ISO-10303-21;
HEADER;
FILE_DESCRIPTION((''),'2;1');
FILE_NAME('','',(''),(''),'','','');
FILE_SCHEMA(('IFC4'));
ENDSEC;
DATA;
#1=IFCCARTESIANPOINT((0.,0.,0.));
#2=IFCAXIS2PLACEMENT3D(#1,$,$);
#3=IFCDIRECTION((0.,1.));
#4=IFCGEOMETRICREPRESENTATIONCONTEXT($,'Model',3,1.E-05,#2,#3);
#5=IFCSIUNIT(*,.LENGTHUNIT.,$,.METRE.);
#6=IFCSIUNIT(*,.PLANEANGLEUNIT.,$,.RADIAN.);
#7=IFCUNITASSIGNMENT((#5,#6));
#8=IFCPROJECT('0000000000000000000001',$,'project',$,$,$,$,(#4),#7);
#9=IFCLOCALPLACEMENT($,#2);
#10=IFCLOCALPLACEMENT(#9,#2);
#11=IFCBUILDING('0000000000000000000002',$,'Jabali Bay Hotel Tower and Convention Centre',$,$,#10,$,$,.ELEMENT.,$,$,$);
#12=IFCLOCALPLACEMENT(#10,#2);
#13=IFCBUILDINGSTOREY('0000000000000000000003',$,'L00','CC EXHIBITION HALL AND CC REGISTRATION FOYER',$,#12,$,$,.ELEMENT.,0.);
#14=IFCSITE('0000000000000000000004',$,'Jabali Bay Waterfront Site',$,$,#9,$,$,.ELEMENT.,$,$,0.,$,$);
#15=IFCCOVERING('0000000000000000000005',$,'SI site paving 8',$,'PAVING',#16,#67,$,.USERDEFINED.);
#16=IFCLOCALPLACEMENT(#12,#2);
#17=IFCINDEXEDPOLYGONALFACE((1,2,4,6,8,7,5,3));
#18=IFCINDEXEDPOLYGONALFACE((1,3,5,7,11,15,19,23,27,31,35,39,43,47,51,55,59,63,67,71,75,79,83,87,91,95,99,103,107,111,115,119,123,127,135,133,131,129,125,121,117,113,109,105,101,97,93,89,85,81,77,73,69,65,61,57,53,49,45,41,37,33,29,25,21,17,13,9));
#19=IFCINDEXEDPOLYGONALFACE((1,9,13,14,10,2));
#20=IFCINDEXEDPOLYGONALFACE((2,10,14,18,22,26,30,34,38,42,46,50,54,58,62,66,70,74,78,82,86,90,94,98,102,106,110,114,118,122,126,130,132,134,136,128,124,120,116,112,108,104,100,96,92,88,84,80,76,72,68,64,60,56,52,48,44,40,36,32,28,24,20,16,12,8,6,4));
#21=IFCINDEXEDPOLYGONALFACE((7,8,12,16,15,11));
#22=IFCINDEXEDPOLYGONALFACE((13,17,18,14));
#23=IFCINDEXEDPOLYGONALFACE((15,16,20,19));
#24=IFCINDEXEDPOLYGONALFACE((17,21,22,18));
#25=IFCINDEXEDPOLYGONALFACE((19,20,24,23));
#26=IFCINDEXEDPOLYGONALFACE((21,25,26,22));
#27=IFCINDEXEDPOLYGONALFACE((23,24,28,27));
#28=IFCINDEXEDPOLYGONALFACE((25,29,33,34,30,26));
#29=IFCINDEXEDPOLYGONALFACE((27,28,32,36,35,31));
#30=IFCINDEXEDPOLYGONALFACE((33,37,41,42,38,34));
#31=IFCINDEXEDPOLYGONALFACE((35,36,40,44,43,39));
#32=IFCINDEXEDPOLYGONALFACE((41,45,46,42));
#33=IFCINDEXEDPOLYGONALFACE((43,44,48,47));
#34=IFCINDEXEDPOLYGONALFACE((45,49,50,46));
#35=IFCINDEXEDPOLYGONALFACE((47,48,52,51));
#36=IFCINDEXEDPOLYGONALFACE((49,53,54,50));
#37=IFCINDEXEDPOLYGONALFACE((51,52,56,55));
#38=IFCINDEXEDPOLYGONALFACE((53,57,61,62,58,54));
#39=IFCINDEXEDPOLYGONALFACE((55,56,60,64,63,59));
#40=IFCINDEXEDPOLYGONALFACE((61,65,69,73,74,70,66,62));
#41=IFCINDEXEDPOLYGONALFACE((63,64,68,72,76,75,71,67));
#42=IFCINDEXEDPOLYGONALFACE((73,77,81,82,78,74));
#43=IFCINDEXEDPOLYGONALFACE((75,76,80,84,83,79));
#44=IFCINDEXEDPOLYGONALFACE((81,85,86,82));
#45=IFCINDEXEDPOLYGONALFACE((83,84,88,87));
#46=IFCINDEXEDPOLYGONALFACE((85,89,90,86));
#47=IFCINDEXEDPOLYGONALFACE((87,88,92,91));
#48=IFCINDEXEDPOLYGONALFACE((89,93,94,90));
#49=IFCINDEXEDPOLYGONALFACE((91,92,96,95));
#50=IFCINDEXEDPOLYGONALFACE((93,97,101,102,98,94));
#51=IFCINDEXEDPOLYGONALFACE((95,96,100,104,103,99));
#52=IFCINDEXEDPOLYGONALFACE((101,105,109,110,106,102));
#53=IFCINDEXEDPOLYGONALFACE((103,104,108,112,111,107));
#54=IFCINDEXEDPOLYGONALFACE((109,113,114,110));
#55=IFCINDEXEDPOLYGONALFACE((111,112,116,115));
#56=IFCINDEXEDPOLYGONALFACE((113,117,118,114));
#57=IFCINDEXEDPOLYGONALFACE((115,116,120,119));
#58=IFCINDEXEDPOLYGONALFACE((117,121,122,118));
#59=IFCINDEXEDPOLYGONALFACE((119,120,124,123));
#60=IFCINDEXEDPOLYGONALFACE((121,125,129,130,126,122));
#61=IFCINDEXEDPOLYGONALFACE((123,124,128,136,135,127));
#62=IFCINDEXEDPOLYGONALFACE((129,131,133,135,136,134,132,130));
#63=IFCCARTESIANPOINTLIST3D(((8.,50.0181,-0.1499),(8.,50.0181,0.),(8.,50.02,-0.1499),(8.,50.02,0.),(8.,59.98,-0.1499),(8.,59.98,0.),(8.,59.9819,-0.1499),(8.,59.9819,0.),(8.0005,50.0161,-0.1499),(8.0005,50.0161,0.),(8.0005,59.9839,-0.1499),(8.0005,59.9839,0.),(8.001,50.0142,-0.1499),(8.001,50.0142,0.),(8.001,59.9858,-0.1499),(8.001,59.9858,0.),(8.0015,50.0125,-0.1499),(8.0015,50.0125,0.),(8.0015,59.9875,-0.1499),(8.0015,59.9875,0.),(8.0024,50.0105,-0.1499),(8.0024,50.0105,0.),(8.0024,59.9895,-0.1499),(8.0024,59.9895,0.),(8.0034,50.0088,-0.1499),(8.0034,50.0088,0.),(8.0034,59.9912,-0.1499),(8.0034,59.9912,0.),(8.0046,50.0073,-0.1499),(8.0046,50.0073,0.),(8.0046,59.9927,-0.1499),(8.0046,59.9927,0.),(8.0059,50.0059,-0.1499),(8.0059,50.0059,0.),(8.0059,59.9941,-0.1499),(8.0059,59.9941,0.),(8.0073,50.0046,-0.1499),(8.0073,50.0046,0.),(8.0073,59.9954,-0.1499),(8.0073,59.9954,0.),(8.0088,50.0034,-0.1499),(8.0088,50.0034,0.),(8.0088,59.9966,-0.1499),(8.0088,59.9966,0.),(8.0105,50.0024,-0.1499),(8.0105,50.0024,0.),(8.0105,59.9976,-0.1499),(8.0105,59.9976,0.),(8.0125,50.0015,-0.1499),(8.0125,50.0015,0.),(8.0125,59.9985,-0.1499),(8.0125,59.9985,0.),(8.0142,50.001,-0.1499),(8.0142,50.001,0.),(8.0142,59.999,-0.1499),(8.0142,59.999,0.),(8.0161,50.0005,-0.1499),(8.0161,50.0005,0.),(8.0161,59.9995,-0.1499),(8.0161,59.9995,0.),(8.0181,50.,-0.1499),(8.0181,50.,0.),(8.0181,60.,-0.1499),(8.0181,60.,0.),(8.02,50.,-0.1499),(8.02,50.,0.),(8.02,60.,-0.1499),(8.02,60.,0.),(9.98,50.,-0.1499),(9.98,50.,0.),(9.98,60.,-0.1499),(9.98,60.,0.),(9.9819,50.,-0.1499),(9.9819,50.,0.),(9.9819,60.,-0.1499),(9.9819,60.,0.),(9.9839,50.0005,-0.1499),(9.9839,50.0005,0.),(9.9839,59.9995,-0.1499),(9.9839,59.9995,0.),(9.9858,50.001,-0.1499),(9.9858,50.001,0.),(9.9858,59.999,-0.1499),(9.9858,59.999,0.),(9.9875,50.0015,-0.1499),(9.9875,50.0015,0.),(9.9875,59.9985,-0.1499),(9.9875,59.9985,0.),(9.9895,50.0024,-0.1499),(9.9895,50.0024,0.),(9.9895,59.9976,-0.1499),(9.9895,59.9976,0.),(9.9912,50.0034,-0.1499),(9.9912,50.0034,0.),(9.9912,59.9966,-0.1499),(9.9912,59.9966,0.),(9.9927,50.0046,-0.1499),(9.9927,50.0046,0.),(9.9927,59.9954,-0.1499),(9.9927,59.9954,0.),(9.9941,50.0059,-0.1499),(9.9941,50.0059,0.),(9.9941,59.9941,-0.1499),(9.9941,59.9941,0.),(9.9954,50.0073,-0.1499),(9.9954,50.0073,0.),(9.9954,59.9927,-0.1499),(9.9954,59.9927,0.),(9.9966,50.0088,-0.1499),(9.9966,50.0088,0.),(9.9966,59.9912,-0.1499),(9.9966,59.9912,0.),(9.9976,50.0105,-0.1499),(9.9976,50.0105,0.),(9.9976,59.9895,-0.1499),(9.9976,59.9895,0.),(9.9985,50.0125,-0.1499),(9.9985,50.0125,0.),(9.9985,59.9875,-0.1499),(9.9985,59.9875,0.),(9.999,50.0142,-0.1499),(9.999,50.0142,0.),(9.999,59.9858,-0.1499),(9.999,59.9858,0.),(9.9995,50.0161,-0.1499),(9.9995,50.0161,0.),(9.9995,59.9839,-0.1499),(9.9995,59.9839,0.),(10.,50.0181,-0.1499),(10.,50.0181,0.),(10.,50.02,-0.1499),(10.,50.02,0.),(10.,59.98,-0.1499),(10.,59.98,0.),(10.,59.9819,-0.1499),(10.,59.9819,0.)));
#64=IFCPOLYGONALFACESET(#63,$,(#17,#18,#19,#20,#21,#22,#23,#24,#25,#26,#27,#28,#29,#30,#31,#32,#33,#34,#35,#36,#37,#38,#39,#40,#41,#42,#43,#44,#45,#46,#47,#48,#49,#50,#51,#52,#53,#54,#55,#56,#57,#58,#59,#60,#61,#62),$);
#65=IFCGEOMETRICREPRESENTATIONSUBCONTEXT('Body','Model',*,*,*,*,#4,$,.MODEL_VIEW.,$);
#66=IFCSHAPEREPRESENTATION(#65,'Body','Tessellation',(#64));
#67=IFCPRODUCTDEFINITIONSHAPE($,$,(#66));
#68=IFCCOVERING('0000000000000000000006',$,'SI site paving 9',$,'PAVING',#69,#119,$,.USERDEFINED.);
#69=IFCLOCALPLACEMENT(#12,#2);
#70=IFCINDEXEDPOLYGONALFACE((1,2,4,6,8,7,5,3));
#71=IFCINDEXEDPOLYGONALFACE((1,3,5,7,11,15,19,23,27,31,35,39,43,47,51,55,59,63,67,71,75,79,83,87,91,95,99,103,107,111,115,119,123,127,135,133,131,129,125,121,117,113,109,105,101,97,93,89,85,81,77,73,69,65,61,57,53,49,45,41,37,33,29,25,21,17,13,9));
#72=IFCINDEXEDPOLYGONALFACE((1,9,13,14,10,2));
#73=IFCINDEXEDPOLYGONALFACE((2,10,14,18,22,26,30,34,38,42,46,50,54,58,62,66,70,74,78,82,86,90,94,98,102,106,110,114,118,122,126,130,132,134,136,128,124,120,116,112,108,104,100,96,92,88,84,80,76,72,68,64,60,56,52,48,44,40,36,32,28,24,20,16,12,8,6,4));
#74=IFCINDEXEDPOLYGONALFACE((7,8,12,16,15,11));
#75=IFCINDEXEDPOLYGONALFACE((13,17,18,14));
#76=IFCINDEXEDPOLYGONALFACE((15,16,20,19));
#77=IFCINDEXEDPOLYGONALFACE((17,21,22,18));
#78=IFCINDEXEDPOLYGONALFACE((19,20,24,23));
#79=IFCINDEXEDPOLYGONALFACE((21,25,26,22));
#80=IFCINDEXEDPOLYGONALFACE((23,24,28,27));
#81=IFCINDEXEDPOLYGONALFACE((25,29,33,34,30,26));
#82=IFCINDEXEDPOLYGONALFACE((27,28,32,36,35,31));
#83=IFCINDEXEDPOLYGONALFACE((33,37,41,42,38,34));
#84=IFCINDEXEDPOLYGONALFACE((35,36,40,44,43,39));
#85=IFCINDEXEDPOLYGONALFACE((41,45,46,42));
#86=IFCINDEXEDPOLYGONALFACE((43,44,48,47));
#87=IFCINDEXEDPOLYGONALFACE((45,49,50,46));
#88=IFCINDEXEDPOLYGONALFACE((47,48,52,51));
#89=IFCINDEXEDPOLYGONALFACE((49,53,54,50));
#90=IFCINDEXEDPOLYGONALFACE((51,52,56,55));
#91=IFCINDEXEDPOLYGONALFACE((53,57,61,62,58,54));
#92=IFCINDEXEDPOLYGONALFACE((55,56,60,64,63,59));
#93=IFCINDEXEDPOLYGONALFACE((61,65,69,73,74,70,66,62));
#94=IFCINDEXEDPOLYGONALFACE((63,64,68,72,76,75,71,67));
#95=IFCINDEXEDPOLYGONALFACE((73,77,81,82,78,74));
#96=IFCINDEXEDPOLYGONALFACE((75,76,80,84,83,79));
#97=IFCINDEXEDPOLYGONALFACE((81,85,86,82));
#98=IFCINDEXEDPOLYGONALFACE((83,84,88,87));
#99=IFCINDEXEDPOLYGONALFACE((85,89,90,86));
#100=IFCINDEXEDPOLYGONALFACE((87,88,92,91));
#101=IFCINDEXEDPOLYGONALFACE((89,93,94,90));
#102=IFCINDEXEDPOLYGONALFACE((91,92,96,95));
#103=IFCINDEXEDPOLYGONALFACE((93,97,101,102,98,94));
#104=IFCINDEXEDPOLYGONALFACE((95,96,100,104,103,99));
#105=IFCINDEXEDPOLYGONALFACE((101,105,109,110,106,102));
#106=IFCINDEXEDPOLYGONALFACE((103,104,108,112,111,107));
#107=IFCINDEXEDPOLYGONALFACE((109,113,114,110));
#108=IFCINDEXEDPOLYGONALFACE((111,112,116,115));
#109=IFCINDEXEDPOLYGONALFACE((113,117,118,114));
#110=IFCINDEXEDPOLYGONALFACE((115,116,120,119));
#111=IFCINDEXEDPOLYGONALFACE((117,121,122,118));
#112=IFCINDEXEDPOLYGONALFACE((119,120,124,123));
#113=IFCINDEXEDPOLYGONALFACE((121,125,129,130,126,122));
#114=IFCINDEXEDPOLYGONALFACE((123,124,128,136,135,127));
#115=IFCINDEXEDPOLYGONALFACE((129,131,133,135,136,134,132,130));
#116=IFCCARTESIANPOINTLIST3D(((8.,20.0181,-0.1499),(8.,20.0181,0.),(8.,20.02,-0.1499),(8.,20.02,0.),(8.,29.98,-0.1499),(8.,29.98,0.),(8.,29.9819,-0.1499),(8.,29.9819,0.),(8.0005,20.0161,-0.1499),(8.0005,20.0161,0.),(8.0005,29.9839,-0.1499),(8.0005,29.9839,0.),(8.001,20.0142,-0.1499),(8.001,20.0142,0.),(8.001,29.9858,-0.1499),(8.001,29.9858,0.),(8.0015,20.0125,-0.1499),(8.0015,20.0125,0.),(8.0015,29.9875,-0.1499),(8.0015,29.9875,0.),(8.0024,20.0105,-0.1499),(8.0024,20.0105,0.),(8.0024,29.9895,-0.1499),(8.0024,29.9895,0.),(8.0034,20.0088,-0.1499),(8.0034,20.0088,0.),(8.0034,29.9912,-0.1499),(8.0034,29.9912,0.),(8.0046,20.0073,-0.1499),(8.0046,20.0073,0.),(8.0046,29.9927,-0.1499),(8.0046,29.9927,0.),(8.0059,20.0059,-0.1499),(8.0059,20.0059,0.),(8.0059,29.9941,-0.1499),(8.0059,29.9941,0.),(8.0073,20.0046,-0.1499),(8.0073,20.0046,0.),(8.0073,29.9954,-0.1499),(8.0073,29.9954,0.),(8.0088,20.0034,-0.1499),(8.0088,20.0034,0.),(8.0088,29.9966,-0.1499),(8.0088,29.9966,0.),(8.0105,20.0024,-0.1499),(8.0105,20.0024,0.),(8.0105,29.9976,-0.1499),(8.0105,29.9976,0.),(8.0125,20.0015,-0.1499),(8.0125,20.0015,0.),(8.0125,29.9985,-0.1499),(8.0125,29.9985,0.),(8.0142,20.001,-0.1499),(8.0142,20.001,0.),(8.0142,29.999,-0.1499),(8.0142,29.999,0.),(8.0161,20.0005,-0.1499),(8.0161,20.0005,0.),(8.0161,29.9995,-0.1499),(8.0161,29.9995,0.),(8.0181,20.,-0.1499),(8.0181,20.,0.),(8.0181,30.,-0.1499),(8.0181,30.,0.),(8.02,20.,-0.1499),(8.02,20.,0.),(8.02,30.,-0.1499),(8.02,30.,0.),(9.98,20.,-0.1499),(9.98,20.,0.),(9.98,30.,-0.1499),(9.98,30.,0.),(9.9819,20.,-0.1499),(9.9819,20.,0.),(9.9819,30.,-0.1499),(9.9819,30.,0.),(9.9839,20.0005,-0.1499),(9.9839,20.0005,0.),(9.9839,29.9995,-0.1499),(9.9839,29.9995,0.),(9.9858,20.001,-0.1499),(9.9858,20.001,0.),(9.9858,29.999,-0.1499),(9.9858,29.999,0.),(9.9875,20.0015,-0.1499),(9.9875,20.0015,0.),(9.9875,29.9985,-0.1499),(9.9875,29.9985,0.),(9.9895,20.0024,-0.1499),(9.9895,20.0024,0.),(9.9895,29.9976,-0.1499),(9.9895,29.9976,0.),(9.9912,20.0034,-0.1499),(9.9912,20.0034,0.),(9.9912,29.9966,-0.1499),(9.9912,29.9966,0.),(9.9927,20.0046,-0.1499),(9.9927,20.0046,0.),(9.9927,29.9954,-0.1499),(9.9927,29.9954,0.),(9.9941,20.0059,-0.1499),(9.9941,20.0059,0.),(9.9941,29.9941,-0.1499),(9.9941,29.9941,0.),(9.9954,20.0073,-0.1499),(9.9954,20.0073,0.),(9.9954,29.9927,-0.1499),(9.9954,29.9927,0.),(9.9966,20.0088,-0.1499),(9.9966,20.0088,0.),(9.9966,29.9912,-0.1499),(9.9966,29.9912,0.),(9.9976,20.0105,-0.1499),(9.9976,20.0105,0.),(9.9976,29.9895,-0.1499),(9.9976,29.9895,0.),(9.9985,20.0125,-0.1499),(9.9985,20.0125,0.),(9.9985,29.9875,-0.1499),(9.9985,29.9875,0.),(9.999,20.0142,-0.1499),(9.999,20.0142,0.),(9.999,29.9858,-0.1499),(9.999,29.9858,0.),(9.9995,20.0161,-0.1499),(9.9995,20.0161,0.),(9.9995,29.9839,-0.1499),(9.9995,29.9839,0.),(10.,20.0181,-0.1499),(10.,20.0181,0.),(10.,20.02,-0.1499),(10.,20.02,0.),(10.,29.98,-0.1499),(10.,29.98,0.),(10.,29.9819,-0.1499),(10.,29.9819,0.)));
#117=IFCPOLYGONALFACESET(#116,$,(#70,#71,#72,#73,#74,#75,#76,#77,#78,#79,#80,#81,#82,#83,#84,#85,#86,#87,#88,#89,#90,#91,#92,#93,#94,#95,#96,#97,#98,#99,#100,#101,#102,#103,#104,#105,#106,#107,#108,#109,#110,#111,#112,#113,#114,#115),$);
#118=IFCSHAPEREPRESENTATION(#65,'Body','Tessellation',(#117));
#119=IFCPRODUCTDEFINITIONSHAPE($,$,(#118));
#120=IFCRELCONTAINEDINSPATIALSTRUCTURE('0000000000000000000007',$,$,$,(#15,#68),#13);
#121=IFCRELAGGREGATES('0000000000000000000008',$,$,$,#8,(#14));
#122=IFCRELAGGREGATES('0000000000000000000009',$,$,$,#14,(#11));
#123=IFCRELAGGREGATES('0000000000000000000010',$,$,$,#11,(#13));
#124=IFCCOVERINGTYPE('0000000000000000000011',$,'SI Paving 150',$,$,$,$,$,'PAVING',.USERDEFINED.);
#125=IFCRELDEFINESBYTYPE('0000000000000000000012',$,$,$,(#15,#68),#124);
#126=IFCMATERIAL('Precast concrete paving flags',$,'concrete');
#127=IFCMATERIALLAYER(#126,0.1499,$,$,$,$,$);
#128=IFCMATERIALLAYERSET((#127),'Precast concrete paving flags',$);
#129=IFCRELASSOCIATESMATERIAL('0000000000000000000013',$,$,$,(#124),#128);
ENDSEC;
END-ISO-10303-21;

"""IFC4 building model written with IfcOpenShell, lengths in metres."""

from ifc_helpers import new_model, si_unit, direction, frame, origin, place, context, subcontext, project, spatial, polyline, outline, extrude, material, layer, layer_set, type_object, element, save


model = new_model("IFC4")

# Units and contexts
model_context = context("Model", 3, precision=1e-05, world=origin(), true_north=direction((0.0, 1.0)))
body_context = subcontext(model_context, "Body", "Model", "MODEL_VIEW")
ifc_project = project(units=[si_unit("LENGTHUNIT", "METRE"), si_unit("PLANEANGLEUNIT", "RADIAN")], contexts=[model_context])

# Site, building, storey
site_placement = place(None, origin())
site = spatial("IfcSite", under=ifc_project, at=site_placement, Name="Jabali Bay Waterfront Site", CompositionType="ELEMENT", RefElevation=0.0)
building_placement = place(site_placement, origin())
building = spatial("IfcBuilding", under=site, at=building_placement, Name="Jabali Bay Hotel Tower and Convention Centre", CompositionType="ELEMENT")
storey_placement = place(building_placement, origin())
storey = spatial("IfcBuildingStorey", under=building, at=storey_placement, Name="L00", Description="CC EXHIBITION HALL AND CC REGISTRATION FOYER", CompositionType="ELEMENT", Elevation=0.0)

# Coverings
ifc_material_1 = material(Name="Precast concrete paving flags", Category="concrete")
ifc_layer_1 = layer(ifc_material_1, 0.1499)
ifc_layer_set_1 = layer_set([ifc_layer_1], Name="Precast concrete paving flags")
covering_type = type_object("IfcCoveringType", Name="SI Paving 150", ElementType="PAVING", PredefinedType="USERDEFINED", material=ifc_layer_set_1)
covering_1_placement = place(storey_placement, frame((0.0, 0.0, -0.1499)))
element("IfcCovering", 1, at=covering_1_placement, inside=storey, type_object=covering_type, Name="SI site paving 8", ObjectType="PAVING", PredefinedType="USERDEFINED", context=body_context, shape_type="SweptSolid", body=[
    extrude(outline(polyline([(10.0, 50.0181), (10.0, 50.02), (10.0, 59.98), (10.0, 59.9819), (9.9995, 59.9839), (9.999, 59.9858), (9.9985, 59.9875), (9.9976, 59.9895), (9.9966, 59.9912), (9.9954, 59.9927), (9.9941, 59.9941), (9.9927, 59.9954), (9.9912, 59.9966), (9.9895, 59.9976), (9.9875, 59.9985), (9.9858, 59.999), (9.9839, 59.9995), (9.9819, 60.0), (9.98, 60.0), (8.02, 60.0), (8.0181, 60.0), (8.0161, 59.9995), (8.0142, 59.999), (8.0125, 59.9985), (8.0105, 59.9976), (8.0088, 59.9966), (8.0073, 59.9954), (8.0059, 59.9941), (8.0046, 59.9927), (8.0034, 59.9912), (8.0024, 59.9895), (8.0015, 59.9875), (8.001, 59.9858), (8.0005, 59.9839), (8.0, 59.9819), (8.0, 59.98), (8.0, 50.02), (8.0, 50.0181), (8.0005, 50.0161), (8.001, 50.0142), (8.0015, 50.0125), (8.0024, 50.0105), (8.0034, 50.0088), (8.0046, 50.0073), (8.0059, 50.0059), (8.0073, 50.0046), (8.0088, 50.0034), (8.0105, 50.0024), (8.0125, 50.0015), (8.0142, 50.001), (8.0161, 50.0005), (8.0181, 50.0), (8.02, 50.0), (9.98, 50.0), (9.9819, 50.0), (9.9839, 50.0005), (9.9858, 50.001), (9.9875, 50.0015), (9.9895, 50.0024), (9.9912, 50.0034), (9.9927, 50.0046), (9.9941, 50.0059), (9.9954, 50.0073), (9.9966, 50.0088), (9.9976, 50.0105), (9.9985, 50.0125), (9.999, 50.0142), (9.9995, 50.0161), (10.0, 50.0181)])), origin(), (0.0, 0.0, 1.0), 0.1499),
])
covering_2_placement = place(storey_placement, frame((0.0, 0.0, -0.1499)))
element("IfcCovering", 2, at=covering_2_placement, inside=storey, type_object=covering_type, Name="SI site paving 9", ObjectType="PAVING", PredefinedType="USERDEFINED", context=body_context, shape_type="SweptSolid", body=[
    extrude(outline(polyline([(10.0, 20.0181), (10.0, 20.02), (10.0, 29.98), (10.0, 29.9819), (9.9995, 29.9839), (9.999, 29.9858), (9.9985, 29.9875), (9.9976, 29.9895), (9.9966, 29.9912), (9.9954, 29.9927), (9.9941, 29.9941), (9.9927, 29.9954), (9.9912, 29.9966), (9.9895, 29.9976), (9.9875, 29.9985), (9.9858, 29.999), (9.9839, 29.9995), (9.9819, 30.0), (9.98, 30.0), (8.02, 30.0), (8.0181, 30.0), (8.0161, 29.9995), (8.0142, 29.999), (8.0125, 29.9985), (8.0105, 29.9976), (8.0088, 29.9966), (8.0073, 29.9954), (8.0059, 29.9941), (8.0046, 29.9927), (8.0034, 29.9912), (8.0024, 29.9895), (8.0015, 29.9875), (8.001, 29.9858), (8.0005, 29.9839), (8.0, 29.9819), (8.0, 29.98), (8.0, 20.02), (8.0, 20.0181), (8.0005, 20.0161), (8.001, 20.0142), (8.0015, 20.0125), (8.0024, 20.0105), (8.0034, 20.0088), (8.0046, 20.0073), (8.0059, 20.0059), (8.0073, 20.0046), (8.0088, 20.0034), (8.0105, 20.0024), (8.0125, 20.0015), (8.0142, 20.001), (8.0161, 20.0005), (8.0181, 20.0), (8.02, 20.0), (9.98, 20.0), (9.9819, 20.0), (9.9839, 20.0005), (9.9858, 20.001), (9.9875, 20.0015), (9.9895, 20.0024), (9.9912, 20.0034), (9.9927, 20.0046), (9.9941, 20.0059), (9.9954, 20.0073), (9.9966, 20.0088), (9.9976, 20.0105), (9.9985, 20.0125), (9.999, 20.0142), (9.9995, 20.0161), (10.0, 20.0181)])), origin(), (0.0, 0.0, 1.0), 0.1499),
])

save(model, "model.ifc")
